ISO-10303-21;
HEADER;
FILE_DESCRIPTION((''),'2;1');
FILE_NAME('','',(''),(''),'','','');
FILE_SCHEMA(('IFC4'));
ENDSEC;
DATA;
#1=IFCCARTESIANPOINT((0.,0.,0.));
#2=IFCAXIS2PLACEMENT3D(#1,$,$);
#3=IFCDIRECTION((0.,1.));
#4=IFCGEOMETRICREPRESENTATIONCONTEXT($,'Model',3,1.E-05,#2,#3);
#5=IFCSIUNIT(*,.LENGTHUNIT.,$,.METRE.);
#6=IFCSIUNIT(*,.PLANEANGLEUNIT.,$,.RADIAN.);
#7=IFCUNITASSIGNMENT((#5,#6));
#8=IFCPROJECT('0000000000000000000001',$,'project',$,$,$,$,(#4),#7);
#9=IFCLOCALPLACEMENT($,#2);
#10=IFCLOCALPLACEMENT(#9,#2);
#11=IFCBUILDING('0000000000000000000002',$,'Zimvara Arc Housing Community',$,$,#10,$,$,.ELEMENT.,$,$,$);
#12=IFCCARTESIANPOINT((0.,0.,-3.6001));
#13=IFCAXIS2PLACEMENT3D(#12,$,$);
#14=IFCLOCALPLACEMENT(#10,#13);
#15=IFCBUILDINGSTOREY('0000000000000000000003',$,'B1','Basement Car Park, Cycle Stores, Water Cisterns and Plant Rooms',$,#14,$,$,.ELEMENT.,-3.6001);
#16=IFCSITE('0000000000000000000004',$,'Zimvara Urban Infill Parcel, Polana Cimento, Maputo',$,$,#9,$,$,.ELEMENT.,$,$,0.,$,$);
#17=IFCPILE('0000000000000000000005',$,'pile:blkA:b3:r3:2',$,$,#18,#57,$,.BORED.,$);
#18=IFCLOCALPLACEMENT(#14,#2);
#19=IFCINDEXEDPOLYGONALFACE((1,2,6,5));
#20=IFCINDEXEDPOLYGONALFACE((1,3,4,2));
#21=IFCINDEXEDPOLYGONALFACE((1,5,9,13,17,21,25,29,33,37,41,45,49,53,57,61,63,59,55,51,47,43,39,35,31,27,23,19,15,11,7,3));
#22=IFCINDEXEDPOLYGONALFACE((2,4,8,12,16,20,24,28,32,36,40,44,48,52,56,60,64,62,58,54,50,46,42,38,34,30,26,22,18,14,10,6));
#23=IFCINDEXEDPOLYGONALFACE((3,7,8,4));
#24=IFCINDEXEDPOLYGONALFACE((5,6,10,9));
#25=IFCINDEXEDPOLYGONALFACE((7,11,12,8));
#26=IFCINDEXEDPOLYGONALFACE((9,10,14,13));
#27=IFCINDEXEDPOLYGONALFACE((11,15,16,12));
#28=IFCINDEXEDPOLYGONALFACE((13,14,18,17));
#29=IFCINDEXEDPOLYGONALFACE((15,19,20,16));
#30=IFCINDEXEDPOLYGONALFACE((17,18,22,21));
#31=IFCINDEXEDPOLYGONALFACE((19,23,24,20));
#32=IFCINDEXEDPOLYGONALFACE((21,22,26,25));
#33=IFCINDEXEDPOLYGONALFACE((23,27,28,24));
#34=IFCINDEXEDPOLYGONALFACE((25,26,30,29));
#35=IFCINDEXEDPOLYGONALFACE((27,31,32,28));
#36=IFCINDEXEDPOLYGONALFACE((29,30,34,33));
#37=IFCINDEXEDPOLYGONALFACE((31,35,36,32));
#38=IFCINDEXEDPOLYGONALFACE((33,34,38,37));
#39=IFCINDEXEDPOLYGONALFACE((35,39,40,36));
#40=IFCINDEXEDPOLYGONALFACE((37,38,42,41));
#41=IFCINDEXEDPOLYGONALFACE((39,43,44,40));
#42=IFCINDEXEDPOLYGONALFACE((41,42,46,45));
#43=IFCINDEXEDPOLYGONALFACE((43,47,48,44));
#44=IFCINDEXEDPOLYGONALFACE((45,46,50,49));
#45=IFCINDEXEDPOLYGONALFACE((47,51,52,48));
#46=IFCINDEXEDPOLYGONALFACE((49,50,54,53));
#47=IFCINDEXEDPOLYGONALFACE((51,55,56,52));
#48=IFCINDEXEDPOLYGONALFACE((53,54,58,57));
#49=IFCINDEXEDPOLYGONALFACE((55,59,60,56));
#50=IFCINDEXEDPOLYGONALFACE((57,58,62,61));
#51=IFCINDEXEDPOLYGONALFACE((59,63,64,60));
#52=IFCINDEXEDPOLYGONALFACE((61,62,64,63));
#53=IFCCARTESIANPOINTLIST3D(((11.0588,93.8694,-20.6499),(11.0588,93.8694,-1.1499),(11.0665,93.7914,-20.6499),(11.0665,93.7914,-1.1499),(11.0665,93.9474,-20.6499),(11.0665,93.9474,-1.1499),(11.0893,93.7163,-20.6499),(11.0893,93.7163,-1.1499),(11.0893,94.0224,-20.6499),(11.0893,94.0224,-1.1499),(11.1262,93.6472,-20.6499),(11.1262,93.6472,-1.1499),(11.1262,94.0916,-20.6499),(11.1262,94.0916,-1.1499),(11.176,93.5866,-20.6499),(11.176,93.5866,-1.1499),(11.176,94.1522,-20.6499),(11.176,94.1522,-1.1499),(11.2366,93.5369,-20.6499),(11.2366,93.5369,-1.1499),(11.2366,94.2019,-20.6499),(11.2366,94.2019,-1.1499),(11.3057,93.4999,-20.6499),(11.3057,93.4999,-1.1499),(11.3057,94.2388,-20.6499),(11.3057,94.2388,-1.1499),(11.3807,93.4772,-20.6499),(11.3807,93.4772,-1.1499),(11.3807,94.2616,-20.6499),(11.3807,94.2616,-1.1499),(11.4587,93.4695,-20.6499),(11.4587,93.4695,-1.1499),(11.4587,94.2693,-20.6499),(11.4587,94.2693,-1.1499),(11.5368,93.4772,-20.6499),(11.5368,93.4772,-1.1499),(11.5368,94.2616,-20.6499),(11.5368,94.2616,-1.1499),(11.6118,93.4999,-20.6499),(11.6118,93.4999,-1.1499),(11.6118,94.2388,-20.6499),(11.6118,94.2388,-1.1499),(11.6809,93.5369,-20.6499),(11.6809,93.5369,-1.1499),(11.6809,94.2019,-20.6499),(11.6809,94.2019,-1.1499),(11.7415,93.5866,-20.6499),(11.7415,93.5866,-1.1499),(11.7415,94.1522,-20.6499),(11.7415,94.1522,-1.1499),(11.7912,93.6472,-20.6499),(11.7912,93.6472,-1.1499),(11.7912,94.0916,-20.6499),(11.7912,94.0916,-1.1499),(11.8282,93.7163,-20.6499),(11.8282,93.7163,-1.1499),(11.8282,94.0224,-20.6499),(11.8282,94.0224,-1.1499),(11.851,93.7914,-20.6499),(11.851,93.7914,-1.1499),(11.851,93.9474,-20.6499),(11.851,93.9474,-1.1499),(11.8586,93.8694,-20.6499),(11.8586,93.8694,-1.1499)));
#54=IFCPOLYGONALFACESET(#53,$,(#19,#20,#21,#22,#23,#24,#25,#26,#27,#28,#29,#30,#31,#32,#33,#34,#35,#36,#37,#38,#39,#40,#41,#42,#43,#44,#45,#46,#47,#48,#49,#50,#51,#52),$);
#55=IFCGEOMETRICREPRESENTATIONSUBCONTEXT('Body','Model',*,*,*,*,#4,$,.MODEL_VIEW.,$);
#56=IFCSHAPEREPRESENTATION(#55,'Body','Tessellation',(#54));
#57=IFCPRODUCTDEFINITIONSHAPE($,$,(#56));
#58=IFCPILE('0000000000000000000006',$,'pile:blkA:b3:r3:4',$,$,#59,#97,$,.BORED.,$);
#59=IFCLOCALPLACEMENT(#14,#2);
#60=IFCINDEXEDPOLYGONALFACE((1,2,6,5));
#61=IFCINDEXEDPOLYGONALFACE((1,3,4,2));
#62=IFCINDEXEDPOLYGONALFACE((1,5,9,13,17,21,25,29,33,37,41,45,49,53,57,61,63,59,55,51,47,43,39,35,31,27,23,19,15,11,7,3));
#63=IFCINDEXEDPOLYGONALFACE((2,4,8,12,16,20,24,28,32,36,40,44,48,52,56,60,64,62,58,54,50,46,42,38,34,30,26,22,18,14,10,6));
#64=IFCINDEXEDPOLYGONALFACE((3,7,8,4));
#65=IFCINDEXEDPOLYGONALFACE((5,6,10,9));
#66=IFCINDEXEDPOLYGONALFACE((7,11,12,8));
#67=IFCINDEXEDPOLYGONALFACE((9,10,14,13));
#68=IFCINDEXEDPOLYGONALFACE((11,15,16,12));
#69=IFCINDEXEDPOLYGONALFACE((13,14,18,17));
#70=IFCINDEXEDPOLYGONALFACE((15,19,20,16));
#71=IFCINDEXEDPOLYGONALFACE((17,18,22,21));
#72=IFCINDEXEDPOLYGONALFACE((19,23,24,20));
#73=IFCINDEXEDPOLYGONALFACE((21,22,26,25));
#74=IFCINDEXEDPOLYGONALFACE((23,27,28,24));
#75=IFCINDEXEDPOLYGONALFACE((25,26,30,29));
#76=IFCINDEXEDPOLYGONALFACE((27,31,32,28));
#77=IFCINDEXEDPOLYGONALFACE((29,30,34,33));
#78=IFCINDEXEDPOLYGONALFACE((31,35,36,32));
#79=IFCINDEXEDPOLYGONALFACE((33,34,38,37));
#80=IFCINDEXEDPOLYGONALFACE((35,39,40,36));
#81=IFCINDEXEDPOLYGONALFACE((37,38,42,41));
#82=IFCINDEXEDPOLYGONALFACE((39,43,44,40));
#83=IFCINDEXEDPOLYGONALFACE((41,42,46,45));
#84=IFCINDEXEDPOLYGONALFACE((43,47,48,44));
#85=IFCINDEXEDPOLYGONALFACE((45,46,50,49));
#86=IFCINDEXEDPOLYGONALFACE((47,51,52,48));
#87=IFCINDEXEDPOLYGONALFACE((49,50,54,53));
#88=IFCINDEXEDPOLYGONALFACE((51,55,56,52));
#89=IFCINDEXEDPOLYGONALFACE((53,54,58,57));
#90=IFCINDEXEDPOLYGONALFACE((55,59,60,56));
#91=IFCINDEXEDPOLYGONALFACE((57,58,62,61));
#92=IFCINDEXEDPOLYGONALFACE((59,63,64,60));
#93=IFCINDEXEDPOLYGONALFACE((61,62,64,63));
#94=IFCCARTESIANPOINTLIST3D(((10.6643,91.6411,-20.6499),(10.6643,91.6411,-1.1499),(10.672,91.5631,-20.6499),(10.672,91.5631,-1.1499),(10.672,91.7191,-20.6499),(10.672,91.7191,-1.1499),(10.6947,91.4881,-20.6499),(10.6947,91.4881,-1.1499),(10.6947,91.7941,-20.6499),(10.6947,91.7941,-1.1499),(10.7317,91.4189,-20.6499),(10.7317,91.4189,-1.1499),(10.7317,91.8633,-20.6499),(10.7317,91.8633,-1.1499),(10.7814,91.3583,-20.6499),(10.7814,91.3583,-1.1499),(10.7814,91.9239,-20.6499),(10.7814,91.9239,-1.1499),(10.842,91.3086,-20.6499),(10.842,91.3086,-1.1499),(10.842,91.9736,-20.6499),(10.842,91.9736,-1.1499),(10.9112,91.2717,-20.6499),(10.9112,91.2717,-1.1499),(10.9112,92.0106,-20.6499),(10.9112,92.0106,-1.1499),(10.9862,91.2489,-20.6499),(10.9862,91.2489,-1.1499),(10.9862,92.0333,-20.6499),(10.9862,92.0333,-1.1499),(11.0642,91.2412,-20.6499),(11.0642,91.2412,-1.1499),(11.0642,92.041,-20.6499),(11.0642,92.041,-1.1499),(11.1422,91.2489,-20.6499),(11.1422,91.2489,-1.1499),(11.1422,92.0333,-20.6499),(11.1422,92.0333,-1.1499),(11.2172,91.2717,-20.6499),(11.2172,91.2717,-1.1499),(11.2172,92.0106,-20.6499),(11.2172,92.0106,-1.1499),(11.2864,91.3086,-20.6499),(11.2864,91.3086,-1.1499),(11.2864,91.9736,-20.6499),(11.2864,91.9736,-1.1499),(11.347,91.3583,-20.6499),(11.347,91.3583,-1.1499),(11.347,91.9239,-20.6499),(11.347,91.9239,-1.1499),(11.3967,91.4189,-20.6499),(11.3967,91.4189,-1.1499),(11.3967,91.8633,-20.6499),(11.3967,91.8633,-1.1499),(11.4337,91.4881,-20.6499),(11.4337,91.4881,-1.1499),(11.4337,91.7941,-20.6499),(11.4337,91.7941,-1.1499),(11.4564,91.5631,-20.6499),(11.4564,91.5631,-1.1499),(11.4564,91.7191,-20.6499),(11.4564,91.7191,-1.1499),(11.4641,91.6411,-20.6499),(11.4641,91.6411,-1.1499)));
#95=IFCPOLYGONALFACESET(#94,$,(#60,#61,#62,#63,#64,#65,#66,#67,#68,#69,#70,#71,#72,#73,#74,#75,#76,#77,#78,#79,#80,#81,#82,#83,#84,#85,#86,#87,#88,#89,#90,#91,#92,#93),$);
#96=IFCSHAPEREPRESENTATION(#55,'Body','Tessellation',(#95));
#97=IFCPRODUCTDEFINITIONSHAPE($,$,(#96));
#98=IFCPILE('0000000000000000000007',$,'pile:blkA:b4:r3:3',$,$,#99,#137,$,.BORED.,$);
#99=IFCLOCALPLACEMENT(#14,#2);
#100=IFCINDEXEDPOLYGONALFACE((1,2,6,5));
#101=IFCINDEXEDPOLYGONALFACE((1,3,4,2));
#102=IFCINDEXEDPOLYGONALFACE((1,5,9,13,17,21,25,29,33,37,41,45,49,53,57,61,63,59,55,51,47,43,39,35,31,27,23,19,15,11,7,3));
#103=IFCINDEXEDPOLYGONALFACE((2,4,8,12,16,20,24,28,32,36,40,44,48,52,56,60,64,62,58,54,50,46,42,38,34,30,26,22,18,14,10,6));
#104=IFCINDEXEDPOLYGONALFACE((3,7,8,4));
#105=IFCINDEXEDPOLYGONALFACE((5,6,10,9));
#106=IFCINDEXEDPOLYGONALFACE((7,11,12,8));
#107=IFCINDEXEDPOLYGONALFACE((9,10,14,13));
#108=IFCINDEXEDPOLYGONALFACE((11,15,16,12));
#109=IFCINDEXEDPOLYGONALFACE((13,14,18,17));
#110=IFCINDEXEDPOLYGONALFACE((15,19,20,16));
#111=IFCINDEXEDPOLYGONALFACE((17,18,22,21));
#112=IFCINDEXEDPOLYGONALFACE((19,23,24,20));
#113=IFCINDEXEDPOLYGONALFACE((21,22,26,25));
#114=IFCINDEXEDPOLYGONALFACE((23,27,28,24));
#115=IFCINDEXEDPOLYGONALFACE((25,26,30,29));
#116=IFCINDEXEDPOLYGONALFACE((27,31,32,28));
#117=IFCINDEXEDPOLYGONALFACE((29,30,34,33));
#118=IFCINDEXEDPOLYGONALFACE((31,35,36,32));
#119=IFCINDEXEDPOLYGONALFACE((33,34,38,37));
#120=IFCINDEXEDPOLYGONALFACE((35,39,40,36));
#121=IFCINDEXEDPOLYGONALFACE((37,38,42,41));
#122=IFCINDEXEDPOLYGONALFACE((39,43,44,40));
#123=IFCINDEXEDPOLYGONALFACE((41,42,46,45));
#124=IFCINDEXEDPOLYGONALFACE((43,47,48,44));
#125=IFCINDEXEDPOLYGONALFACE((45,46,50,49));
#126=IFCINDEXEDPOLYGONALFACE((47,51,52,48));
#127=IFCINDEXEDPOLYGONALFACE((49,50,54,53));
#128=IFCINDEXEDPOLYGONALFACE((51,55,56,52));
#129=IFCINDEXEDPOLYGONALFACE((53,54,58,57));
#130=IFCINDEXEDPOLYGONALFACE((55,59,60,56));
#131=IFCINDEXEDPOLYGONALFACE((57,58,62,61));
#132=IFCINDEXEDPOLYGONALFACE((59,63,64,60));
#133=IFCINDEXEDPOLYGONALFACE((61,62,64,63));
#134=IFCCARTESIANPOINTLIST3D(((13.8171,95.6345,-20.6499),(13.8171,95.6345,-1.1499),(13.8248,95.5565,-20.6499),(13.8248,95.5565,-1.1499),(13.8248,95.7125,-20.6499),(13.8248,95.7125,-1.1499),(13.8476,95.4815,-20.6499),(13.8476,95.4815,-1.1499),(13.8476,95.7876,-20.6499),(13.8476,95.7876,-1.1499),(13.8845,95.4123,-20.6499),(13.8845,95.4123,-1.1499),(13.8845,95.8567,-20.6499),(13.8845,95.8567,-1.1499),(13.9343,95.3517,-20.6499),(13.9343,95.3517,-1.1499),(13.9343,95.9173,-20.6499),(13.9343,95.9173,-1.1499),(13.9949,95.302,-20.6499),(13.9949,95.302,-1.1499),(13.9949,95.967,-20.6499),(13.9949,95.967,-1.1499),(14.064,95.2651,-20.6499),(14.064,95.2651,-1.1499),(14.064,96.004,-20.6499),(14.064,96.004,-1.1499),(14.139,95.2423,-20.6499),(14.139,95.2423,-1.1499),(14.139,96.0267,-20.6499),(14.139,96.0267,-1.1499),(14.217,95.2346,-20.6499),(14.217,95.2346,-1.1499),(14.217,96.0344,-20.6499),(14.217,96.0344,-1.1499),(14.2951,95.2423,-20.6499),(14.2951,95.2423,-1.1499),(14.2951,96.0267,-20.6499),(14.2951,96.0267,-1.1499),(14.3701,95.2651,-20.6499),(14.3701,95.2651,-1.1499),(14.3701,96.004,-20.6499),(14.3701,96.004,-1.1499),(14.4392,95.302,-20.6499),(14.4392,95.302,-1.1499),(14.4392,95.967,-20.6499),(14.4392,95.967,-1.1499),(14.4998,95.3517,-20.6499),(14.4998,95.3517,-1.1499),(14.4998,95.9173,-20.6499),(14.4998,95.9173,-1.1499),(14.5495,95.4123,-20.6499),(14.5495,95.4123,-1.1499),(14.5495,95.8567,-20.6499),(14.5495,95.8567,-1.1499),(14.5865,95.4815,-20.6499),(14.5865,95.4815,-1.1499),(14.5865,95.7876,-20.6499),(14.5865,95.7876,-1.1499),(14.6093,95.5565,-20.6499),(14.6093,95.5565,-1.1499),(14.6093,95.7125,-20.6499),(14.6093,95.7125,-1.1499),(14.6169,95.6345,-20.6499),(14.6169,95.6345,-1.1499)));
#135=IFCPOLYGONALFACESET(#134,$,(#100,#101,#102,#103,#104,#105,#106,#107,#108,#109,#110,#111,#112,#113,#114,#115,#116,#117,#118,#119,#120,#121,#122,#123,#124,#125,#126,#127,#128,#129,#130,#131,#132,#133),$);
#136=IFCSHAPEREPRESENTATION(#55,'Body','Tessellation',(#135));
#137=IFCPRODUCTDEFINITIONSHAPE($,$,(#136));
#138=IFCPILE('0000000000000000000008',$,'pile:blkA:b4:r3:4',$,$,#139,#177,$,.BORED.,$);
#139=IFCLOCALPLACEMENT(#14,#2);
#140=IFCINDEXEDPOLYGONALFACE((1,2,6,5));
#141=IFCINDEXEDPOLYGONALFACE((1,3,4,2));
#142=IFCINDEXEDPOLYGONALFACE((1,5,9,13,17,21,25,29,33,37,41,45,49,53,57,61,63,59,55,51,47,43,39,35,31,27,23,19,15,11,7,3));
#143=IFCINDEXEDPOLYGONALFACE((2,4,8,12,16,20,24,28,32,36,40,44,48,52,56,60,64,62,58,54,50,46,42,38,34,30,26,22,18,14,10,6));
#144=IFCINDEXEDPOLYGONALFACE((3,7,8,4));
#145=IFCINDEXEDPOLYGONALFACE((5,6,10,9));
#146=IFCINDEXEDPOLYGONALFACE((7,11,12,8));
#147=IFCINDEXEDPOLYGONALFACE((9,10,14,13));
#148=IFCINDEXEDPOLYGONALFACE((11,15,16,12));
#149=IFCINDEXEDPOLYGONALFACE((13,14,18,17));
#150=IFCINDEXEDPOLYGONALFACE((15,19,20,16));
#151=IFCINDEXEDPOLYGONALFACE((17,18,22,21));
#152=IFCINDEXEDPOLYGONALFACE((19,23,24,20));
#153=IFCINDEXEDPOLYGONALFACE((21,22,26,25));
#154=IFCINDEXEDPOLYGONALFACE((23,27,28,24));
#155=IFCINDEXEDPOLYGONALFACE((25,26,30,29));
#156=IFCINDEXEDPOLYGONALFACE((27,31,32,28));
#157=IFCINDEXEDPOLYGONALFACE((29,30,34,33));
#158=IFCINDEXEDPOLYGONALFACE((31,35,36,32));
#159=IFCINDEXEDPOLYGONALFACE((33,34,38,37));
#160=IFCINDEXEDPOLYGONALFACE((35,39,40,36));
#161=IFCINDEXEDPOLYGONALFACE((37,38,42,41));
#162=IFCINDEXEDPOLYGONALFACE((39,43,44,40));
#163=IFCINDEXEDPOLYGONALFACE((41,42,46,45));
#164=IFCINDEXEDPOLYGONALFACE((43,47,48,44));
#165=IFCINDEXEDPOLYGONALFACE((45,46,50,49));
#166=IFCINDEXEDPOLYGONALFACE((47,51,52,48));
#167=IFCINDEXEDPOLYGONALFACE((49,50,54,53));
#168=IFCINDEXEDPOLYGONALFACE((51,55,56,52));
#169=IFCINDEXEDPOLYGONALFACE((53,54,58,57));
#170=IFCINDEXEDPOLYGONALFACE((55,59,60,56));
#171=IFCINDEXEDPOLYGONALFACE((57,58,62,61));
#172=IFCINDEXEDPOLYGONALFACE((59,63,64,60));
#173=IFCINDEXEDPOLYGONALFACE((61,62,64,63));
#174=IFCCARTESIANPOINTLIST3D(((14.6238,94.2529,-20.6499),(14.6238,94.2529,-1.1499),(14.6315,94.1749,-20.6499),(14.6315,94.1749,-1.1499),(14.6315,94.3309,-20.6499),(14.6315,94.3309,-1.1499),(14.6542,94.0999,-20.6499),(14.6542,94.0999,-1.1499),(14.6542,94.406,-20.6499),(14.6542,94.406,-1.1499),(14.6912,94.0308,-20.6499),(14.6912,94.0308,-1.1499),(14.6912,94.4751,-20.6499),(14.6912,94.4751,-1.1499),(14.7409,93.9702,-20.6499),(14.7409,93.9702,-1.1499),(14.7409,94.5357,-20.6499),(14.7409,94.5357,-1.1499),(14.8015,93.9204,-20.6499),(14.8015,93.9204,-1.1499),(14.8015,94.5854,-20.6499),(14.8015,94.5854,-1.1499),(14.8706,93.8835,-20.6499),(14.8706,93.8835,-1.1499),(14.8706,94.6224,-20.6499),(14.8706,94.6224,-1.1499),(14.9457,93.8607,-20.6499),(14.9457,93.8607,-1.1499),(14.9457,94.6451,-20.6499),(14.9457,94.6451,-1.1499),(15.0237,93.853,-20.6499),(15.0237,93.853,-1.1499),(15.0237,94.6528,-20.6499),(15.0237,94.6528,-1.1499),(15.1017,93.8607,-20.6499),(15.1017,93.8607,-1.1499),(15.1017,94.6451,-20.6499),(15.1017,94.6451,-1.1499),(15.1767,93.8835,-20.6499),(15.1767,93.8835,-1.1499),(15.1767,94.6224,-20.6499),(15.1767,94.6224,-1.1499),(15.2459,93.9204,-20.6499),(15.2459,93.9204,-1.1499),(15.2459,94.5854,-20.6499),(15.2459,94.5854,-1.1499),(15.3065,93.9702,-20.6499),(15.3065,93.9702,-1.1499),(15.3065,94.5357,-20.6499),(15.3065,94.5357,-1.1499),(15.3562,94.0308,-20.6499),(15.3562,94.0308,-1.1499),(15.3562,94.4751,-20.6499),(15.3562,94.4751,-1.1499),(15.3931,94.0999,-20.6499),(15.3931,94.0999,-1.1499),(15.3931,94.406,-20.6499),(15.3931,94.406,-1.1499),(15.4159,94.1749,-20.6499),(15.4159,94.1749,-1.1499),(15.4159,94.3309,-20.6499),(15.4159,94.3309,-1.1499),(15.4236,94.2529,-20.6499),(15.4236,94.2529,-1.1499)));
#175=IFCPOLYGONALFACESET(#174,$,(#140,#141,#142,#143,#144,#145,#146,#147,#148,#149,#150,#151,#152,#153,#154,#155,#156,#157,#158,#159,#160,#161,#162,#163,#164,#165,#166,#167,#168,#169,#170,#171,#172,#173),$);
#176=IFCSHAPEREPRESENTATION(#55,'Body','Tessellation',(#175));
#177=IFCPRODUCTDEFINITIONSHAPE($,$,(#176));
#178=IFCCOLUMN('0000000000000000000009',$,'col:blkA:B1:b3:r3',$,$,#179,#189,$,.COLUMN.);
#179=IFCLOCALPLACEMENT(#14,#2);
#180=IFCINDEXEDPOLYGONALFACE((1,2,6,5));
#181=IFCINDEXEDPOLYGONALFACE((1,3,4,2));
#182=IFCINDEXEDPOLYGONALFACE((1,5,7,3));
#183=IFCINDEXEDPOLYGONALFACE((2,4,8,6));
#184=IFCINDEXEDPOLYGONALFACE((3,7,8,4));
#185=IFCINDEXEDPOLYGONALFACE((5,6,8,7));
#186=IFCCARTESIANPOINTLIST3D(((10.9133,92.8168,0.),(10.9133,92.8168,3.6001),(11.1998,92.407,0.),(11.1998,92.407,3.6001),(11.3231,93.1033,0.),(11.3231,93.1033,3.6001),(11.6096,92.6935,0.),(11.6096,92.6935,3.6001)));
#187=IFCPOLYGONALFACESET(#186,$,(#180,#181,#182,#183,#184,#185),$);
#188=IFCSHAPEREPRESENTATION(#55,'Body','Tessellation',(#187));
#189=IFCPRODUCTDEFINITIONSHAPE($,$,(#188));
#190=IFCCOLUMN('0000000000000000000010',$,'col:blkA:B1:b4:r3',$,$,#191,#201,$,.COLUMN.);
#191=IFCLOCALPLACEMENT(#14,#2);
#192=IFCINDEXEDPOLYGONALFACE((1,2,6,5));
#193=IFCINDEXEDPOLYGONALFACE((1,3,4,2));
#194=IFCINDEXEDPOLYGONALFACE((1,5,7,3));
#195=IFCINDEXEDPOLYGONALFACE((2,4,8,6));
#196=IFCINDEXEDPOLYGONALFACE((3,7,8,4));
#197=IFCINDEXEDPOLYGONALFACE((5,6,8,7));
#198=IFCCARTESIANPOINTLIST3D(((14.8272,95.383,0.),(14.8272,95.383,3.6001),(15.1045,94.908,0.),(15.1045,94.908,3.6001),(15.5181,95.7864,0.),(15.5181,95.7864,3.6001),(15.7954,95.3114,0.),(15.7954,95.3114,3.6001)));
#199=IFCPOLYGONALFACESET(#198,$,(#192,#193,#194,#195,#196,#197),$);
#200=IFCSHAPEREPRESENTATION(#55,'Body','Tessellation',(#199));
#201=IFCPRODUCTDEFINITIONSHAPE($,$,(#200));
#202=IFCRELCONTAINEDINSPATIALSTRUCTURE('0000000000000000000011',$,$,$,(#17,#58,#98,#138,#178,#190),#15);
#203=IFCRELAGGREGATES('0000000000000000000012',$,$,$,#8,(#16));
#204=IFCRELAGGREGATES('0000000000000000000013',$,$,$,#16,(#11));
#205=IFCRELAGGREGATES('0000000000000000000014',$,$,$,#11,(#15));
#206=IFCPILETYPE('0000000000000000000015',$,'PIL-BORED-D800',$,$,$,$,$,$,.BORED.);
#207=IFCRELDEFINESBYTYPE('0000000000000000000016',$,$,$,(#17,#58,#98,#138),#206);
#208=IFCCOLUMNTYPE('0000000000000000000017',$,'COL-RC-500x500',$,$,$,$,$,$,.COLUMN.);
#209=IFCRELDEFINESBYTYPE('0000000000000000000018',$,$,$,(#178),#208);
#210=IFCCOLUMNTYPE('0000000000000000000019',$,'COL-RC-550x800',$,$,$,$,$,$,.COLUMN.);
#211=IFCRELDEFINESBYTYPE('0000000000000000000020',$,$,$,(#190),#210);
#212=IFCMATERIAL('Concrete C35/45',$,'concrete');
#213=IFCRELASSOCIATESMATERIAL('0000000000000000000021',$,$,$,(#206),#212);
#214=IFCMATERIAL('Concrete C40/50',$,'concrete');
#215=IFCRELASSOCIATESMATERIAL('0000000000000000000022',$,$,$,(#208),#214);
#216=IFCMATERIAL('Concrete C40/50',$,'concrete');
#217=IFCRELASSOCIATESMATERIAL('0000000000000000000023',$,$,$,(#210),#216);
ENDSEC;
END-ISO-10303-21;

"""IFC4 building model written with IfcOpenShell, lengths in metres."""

from ifc_helpers import new_model, si_unit, direction, frame, origin, origin_2d, place, context, subcontext, project, spatial, rectangle, circle, extrude, material, material_profile, profile_set, type_object, element, save


model = new_model("IFC4")

# Units and contexts
model_context = context("Model", 3, precision=1e-05, world=origin(), true_north=direction((0.0, 1.0)))
body_context = subcontext(model_context, "Body", "Model", "MODEL_VIEW")
ifc_project = project(units=[si_unit("LENGTHUNIT", "METRE"), si_unit("PLANEANGLEUNIT", "RADIAN")], contexts=[model_context])

# Site, building, storey
site_placement = place(None, origin())
site = spatial("IfcSite", under=ifc_project, at=site_placement, Name="Zimvara Urban Infill Parcel, Polana Cimento, Maputo", CompositionType="ELEMENT", RefElevation=0.0)
building_placement = place(site_placement, origin())
building = spatial("IfcBuilding", under=site, at=building_placement, Name="Zimvara Arc Housing Community", CompositionType="ELEMENT")
storey_placement = place(building_placement, frame((0.0, 0.0, -3.6001)))
storey = spatial("IfcBuildingStorey", under=building, at=storey_placement, Name="B1", Description="Basement Car Park, Cycle Stores, Water Cisterns and Plant Rooms", CompositionType="ELEMENT", Elevation=-3.6001)

# Piles
ifc_material_1 = material(Name="Concrete C35/45", Category="concrete")
ifc_material_profile_1 = material_profile(ifc_material_1, circle(Radius=0.3999, at=origin_2d()), Name="PILE D800")
ifc_profile_set_1 = profile_set([ifc_material_profile_1], Name="Concrete C35/45")
pile_type = type_object("IfcPileType", Name="PIL-BORED-D800", PredefinedType="BORED", material=ifc_profile_set_1)
for number, where, z_axis, x_axis, name in (
    (1, (11.4587, 93.8694, -1.1499), (0.0, 0.0, -1.0), (1.0, 0.0, 0.0), "pile:blkA:b3:r3:2"),
    (2, (11.0642, 91.6411, -1.1499), (0.0, 0.0, -1.0), (1.0, 0.0, 0.0), "pile:blkA:b3:r3:4"),
    (3, (14.217, 95.6345, -1.1499), (0.0, 0.0, -1.0), (1.0, 0.0, 0.0), "pile:blkA:b4:r3:3"),
    (4, (15.0237, 94.2529, -1.1499), (0.0, 0.0, -1.0), (1.0, 0.0, 0.0), "pile:blkA:b4:r3:4"),
):
    element("IfcPile", number, at=place(storey_placement, frame(where, z_axis=z_axis, x_axis=x_axis)), inside=storey, type_object=pile_type, Name=name, PredefinedType="BORED", context=body_context, shape_type="SweptSolid", body=[
        extrude(circle(Radius=0.3999, at=origin_2d()), origin(), (0.0, 0.0, 1.0), 19.5),
    ])

# Columns
ifc_material_2 = material(Name="Concrete C40/50", Category="concrete")
ifc_material_profile_2 = material_profile(ifc_material_2, rectangle(XDim=0.5, YDim=0.5, at=origin_2d()), Name="RC 500x500")
ifc_profile_set_2 = profile_set([ifc_material_profile_2], Name="Concrete C40/50")
column_type_1 = type_object("IfcColumnType", Name="COL-RC-500x500", PredefinedType="COLUMN", material=ifc_profile_set_2)
column_1_placement = place(storey_placement, frame((11.2615, 92.7551, 0.0), z_axis=(0.0, 0.0, 1.0), x_axis=(-0.573004, 0.819552, 0.0)))
element("IfcColumn", 5, at=column_1_placement, inside=storey, type_object=column_type_1, Name="col:blkA:B1:b3:r3", PredefinedType="COLUMN", context=body_context, shape_type="SweptSolid", body=[
    extrude(rectangle(XDim=0.5, YDim=0.5, at=origin_2d()), origin(), (0.0, 0.0, 1.0), 3.6001),
])
ifc_material_3 = material(Name="Concrete C40/50", Category="concrete")
ifc_material_profile_3 = material_profile(ifc_material_3, rectangle(XDim=0.55, YDim=0.8, at=origin_2d()), Name="RC 550x800")
ifc_profile_set_3 = profile_set([ifc_material_profile_3], Name="Concrete C40/50")
column_type_2 = type_object("IfcColumnType", Name="COL-RC-550x800", PredefinedType="COLUMN", material=ifc_profile_set_3)
column_2_placement = place(storey_placement, frame((15.3113, 95.3472, 0.0), z_axis=(0.0, 0.0, 1.0), x_axis=(-0.504226, 0.863572, 0.0)))
element("IfcColumn", 6, at=column_2_placement, inside=storey, type_object=column_type_2, Name="col:blkA:B1:b4:r3", PredefinedType="COLUMN", context=body_context, shape_type="SweptSolid", body=[
    extrude(rectangle(XDim=0.55, YDim=0.8, at=origin_2d()), origin(), (0.0, 0.0, 1.0), 3.6001),
])

save(model, "model.ifc")
